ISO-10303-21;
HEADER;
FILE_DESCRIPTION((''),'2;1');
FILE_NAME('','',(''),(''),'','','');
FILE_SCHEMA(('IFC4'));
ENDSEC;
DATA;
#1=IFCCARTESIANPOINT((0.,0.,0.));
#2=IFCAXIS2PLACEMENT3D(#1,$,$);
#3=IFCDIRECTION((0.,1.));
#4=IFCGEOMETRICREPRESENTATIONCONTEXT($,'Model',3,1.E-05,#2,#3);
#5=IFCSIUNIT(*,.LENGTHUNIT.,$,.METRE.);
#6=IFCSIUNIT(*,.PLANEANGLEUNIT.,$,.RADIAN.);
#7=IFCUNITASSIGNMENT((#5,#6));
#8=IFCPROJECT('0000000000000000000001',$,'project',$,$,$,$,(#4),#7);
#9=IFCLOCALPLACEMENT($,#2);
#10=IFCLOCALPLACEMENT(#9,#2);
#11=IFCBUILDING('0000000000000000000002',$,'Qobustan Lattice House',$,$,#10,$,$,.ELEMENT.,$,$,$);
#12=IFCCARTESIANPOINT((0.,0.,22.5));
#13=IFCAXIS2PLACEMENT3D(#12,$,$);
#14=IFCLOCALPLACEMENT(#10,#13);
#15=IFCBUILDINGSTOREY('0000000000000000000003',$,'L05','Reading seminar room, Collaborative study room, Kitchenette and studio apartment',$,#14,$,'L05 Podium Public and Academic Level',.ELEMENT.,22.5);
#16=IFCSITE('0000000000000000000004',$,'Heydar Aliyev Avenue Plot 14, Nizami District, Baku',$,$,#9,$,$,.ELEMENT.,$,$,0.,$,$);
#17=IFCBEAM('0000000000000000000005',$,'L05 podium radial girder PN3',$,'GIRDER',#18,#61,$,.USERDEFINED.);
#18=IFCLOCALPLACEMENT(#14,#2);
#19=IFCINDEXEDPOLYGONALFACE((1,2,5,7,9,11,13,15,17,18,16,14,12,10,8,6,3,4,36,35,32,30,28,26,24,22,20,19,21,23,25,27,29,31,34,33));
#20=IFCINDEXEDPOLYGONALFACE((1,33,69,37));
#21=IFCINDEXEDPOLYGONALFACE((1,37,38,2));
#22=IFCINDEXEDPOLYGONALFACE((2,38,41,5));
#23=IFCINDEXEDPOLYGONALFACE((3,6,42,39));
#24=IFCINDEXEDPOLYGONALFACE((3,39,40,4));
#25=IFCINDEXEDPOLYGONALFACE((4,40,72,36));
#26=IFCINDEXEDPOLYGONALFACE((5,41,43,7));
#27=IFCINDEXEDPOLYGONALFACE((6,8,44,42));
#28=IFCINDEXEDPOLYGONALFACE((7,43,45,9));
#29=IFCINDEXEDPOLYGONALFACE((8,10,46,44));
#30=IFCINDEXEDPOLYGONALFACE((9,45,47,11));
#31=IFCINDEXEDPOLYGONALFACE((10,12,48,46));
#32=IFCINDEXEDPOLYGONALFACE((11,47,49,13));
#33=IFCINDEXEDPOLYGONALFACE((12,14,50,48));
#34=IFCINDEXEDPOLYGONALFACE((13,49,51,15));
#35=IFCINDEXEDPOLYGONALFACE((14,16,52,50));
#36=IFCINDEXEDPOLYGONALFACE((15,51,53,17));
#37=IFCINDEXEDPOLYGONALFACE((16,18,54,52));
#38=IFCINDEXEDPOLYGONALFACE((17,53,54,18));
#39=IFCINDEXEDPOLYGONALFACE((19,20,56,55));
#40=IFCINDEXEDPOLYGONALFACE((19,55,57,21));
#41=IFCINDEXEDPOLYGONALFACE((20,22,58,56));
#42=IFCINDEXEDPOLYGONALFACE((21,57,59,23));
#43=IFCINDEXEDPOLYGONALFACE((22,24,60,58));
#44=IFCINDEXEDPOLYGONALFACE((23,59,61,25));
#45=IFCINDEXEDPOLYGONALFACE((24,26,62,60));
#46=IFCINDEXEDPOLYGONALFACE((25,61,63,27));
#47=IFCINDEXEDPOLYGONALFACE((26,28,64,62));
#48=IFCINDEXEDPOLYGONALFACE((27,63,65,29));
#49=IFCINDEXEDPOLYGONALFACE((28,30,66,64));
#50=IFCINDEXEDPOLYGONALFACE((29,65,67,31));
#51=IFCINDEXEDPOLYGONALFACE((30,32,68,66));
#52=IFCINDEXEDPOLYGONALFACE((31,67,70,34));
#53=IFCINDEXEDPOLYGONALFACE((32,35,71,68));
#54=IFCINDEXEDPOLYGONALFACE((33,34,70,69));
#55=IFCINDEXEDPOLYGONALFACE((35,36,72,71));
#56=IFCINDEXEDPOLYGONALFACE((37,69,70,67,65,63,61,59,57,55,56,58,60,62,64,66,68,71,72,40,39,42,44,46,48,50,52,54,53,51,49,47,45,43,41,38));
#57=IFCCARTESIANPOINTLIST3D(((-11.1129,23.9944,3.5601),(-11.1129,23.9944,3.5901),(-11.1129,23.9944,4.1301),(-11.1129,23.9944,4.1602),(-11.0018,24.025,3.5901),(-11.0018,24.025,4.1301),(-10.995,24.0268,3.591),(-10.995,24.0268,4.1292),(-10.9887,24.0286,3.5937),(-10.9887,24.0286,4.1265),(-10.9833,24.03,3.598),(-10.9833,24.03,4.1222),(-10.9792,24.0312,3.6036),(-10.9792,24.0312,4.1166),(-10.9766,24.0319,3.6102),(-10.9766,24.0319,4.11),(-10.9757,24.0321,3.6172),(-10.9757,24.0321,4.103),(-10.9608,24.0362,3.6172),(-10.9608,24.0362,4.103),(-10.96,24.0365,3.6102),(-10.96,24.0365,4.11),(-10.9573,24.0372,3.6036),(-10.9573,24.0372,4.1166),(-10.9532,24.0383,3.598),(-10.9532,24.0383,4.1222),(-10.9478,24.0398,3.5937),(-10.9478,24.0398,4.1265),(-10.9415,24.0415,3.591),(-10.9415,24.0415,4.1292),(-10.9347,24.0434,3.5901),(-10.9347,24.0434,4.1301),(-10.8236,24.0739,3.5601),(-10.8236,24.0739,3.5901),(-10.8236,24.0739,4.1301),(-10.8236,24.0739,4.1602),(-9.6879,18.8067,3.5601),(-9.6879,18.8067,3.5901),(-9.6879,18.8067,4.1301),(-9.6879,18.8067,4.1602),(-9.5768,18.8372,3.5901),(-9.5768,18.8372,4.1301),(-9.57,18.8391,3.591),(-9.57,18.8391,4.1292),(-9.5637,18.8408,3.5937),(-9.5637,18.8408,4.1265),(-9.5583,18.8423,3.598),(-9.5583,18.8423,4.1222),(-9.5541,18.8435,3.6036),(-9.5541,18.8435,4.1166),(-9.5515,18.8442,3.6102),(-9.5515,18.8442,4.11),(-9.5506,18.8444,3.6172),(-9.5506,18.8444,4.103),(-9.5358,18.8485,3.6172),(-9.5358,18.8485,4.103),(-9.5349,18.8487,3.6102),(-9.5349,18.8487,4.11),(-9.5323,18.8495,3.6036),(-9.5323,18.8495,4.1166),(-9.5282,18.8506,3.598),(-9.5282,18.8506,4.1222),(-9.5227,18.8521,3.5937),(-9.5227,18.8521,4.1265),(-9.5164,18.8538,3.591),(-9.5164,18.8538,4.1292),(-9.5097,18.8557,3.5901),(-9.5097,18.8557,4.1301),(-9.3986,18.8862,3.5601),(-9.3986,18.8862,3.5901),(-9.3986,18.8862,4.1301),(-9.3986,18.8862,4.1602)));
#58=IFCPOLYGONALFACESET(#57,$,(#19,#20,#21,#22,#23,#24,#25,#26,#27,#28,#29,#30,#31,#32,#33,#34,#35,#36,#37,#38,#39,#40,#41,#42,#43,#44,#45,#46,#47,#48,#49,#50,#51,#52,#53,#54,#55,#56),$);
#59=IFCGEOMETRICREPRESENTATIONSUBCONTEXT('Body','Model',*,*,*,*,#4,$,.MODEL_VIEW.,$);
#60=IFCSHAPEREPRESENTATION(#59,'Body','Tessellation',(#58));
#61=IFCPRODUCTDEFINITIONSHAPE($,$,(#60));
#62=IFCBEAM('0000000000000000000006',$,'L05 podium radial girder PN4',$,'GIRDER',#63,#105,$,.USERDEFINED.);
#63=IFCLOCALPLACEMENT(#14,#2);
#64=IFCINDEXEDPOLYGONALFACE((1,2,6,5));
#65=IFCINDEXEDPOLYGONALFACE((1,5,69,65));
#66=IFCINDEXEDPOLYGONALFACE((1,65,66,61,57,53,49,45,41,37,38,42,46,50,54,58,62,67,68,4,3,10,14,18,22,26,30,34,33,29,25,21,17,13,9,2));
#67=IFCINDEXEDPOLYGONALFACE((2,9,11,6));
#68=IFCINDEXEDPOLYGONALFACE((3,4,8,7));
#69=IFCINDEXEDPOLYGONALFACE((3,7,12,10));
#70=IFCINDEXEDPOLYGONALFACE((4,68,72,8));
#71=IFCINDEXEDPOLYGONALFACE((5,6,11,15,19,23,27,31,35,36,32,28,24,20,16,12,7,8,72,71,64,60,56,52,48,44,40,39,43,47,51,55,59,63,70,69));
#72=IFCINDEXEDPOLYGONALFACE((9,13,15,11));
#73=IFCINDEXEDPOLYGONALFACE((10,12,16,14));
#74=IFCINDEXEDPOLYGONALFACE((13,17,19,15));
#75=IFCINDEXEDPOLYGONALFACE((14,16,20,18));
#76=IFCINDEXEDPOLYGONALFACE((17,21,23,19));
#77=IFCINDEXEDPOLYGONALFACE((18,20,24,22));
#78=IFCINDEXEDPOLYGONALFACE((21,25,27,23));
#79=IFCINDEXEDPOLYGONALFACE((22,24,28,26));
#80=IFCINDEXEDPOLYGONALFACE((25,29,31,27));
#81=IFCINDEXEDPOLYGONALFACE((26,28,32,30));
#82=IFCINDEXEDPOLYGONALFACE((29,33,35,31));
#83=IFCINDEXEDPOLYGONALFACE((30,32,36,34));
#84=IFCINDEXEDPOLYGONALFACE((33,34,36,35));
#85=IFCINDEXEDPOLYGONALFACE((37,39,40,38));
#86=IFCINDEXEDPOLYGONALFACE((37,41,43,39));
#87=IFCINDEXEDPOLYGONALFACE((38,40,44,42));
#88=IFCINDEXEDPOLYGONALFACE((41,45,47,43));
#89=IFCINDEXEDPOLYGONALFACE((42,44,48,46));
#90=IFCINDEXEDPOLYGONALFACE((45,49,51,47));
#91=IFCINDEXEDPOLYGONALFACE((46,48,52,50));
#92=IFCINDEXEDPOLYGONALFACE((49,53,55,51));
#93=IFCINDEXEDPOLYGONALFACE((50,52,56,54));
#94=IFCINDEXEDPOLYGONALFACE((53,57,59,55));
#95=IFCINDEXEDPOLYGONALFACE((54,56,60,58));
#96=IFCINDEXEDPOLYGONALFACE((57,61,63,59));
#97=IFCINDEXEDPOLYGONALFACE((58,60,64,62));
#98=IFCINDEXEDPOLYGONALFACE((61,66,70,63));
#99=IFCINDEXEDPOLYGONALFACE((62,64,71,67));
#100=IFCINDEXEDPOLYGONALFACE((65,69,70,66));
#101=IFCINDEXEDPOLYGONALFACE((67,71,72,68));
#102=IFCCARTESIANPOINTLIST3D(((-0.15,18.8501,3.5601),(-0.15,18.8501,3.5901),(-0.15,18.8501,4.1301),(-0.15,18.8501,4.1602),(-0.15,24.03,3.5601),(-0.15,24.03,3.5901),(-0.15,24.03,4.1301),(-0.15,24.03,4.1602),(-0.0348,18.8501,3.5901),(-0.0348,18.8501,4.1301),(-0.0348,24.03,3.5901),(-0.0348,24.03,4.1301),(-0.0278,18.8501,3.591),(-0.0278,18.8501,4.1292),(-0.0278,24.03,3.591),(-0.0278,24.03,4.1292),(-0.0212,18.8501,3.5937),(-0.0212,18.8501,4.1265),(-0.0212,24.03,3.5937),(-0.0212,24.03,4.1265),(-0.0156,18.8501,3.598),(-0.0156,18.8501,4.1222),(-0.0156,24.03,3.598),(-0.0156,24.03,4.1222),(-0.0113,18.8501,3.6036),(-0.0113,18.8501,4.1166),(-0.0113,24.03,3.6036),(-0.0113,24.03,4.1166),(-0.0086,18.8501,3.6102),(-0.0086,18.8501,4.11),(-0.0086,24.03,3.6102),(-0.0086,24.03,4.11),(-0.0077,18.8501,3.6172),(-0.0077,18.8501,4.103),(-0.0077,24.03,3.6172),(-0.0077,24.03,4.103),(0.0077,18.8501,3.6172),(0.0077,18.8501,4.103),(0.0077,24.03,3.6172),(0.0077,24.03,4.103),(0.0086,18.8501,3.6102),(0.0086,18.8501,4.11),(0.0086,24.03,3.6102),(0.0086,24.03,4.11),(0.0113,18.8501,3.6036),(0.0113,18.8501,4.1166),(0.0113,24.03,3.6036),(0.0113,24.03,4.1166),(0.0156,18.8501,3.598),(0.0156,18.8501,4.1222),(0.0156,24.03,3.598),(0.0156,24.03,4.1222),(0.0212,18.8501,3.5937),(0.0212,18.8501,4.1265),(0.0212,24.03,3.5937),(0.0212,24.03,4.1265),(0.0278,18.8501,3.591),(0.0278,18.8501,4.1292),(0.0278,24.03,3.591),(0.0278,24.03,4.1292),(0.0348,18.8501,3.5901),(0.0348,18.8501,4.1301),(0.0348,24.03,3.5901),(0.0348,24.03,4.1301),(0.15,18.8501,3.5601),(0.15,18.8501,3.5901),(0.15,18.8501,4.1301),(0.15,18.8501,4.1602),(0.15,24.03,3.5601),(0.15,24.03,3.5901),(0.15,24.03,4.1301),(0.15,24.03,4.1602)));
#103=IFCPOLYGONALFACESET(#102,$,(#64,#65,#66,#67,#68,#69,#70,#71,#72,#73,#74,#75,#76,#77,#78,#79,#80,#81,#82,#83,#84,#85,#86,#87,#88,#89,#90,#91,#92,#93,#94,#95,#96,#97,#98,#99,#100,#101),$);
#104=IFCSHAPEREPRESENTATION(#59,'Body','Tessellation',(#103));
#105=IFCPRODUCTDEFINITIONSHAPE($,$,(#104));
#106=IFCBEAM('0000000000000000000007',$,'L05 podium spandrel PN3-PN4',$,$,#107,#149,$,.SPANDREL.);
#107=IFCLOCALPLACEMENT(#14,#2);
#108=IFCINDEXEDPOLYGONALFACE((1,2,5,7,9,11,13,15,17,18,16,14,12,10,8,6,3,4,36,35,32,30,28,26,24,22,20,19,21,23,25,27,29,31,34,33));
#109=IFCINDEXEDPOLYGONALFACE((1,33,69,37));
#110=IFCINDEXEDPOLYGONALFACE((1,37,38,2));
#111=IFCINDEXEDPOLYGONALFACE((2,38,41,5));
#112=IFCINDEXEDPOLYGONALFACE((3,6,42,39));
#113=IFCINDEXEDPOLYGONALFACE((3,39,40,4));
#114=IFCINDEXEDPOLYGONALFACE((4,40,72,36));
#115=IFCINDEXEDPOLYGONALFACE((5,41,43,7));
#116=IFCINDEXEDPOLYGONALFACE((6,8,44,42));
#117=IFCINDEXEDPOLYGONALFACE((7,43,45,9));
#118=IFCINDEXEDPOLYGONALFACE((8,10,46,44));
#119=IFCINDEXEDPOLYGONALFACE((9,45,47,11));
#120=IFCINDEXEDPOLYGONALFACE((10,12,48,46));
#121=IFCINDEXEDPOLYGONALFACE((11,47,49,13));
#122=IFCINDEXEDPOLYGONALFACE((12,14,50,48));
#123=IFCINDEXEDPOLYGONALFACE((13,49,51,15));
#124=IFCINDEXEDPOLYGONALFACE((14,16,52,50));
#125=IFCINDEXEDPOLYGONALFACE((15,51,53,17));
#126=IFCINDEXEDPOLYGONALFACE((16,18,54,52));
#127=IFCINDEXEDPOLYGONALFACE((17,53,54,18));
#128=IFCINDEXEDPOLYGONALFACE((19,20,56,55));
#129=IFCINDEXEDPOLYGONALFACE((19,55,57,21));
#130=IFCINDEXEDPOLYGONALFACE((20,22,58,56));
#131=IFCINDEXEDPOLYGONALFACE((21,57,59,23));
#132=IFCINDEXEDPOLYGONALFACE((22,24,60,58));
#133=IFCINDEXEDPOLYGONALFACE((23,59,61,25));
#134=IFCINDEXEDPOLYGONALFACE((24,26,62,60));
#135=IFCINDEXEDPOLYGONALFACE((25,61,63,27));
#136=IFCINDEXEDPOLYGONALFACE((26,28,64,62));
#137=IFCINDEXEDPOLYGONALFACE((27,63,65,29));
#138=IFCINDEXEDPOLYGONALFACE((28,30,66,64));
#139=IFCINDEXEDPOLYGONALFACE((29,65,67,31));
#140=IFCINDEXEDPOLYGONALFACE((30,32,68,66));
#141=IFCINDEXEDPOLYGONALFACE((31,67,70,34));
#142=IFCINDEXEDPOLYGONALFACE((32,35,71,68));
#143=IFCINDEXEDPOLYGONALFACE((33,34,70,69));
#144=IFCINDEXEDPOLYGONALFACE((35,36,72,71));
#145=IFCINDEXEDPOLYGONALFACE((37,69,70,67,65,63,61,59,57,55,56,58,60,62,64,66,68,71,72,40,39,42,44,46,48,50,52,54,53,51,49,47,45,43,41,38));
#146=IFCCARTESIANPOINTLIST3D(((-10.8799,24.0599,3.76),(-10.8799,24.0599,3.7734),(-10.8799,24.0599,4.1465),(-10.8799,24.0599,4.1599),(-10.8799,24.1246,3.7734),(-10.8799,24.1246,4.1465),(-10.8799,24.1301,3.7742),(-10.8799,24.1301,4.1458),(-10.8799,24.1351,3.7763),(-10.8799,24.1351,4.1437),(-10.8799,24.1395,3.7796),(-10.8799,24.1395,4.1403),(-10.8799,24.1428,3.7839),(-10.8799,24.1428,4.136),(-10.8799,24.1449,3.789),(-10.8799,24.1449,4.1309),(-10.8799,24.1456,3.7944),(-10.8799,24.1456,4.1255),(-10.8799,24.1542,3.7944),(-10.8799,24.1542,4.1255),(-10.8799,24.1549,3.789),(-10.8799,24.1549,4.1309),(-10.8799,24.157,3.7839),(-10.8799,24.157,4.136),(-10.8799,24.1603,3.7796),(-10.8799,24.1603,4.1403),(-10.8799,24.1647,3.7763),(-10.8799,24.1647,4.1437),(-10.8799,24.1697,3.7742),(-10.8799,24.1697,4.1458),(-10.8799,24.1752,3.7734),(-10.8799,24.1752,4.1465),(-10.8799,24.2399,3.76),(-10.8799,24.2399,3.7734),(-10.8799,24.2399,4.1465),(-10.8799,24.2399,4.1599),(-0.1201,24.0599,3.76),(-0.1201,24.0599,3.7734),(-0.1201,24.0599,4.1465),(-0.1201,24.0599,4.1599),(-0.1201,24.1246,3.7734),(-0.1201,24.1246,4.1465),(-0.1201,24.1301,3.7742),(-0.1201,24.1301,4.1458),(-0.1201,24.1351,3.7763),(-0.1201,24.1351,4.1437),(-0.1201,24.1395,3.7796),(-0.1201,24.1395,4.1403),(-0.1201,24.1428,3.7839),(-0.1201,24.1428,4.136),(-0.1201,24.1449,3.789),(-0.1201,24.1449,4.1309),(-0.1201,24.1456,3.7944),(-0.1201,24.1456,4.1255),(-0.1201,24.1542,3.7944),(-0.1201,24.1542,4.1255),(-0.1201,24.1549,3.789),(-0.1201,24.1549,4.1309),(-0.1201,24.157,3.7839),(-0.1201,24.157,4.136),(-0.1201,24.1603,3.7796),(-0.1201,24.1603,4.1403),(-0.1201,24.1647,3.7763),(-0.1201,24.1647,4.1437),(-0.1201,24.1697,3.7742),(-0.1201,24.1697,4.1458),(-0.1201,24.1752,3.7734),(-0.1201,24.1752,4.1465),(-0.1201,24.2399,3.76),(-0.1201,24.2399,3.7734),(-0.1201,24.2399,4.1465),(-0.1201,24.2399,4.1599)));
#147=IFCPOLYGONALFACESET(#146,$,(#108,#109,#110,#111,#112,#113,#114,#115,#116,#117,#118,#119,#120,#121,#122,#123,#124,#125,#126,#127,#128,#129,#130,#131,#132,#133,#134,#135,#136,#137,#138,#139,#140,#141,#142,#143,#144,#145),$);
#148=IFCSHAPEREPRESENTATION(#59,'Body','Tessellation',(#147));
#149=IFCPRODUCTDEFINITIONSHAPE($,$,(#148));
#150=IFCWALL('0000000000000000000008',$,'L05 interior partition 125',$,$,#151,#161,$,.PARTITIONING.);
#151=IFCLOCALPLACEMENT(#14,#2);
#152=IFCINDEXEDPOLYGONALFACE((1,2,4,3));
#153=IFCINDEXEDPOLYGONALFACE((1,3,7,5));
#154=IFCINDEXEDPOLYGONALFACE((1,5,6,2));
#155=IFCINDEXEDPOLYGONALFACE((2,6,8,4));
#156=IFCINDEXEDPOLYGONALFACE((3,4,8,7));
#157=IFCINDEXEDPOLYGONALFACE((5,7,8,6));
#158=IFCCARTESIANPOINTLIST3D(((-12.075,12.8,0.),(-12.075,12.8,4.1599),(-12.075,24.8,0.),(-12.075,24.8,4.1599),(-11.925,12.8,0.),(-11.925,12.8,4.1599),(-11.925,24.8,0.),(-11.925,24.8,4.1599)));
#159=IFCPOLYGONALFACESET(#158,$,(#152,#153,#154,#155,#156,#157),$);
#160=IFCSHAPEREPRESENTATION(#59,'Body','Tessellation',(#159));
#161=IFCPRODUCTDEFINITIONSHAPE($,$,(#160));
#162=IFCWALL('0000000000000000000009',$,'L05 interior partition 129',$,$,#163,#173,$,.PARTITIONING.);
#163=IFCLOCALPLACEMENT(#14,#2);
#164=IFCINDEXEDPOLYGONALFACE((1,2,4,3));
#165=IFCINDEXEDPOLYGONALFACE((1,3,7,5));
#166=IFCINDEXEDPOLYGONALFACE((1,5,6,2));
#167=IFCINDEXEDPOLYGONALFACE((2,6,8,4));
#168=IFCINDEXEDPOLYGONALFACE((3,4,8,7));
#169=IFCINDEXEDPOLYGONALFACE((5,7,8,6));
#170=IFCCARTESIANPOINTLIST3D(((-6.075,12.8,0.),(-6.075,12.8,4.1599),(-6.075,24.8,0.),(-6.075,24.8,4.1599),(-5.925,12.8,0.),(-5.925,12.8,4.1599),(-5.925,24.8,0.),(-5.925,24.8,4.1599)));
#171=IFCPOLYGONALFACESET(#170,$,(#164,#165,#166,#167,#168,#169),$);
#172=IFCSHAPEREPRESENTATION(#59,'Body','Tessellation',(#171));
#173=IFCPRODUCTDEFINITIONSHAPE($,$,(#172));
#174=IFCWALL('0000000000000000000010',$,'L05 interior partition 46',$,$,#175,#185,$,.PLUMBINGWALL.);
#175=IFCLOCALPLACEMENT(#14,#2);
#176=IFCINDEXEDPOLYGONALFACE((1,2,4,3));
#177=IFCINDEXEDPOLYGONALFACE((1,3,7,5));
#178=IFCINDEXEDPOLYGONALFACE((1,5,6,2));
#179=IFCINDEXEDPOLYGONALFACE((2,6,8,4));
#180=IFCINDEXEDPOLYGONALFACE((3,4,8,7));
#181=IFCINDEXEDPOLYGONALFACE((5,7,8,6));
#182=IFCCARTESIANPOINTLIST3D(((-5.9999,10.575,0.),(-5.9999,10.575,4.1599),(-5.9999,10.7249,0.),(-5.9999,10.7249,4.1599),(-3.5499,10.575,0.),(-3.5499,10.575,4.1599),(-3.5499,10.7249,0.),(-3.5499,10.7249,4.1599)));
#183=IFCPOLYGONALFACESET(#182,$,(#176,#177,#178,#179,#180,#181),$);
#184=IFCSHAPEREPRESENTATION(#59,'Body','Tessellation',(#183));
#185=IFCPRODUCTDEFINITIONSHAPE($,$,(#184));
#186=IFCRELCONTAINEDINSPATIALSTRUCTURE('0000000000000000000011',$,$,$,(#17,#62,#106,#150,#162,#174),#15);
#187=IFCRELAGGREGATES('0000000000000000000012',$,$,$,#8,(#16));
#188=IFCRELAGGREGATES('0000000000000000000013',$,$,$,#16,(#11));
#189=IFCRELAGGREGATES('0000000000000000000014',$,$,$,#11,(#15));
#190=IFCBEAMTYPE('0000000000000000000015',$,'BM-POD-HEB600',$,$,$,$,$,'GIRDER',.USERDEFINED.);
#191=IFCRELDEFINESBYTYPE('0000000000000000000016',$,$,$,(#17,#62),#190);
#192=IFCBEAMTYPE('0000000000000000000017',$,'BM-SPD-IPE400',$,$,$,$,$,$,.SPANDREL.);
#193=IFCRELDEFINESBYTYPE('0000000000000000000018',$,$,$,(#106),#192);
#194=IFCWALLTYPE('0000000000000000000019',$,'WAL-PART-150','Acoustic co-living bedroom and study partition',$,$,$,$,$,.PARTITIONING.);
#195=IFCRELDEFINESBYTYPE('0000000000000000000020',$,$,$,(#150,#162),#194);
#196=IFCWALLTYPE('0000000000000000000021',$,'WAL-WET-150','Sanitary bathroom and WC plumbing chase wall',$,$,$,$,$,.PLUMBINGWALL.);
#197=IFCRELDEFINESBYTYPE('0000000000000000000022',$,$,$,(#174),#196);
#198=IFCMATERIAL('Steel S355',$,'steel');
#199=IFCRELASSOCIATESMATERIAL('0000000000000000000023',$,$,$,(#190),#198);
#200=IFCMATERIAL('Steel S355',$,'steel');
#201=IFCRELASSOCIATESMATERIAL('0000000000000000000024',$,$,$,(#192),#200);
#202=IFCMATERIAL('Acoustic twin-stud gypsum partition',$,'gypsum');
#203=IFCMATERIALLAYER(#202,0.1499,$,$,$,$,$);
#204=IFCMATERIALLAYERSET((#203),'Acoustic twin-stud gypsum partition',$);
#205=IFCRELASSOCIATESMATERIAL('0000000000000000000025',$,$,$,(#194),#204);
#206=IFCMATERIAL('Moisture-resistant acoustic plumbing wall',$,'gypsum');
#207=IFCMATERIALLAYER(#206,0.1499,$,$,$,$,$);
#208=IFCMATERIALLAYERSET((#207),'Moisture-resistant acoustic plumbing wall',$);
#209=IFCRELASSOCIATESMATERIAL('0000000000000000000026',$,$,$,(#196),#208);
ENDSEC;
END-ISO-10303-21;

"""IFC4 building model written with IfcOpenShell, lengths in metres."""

from ifc_helpers import new_model, si_unit, direction, frame, frame_2d, origin, origin_2d, place, context, subcontext, project, spatial, rectangle, i_section, extrude, material, layer, layer_set, material_profile, profile_set, type_object, element, save


model = new_model("IFC4")

# Units and contexts
model_context = context("Model", 3, precision=1e-05, world=origin(), true_north=direction((0.0, 1.0)))
body_context = subcontext(model_context, "Body", "Model", "MODEL_VIEW")
ifc_project = project(units=[si_unit("LENGTHUNIT", "METRE"), si_unit("PLANEANGLEUNIT", "RADIAN")], contexts=[model_context])

# Site, building, storey
site_placement = place(None, origin())
site = spatial("IfcSite", under=ifc_project, at=site_placement, Name="Heydar Aliyev Avenue Plot 14, Nizami District, Baku", CompositionType="ELEMENT", RefElevation=0.0)
building_placement = place(site_placement, origin())
building = spatial("IfcBuilding", under=site, at=building_placement, Name="Qobustan Lattice House", CompositionType="ELEMENT")
storey_placement = place(building_placement, frame((0.0, 0.0, 22.5)))
storey = spatial("IfcBuildingStorey", under=building, at=storey_placement, Name="L05", Description="Reading seminar room, Collaborative study room, Kitchenette and studio apartment", LongName="L05 Podium Public and Academic Level", CompositionType="ELEMENT", Elevation=22.5)

# Beams
ifc_material_1 = material(Name="Steel S355", Category="steel")
ifc_material_profile_1 = material_profile(ifc_material_1, i_section(OverallWidth=0.3, OverallDepth=0.6001, WebThickness=0.0154, FlangeThickness=0.03, FilletRadius=0.0271, at=origin_2d()), Name="HEB600")
ifc_profile_set_1 = profile_set([ifc_material_profile_1], Name="Steel S355")
beam_type_1 = type_object("IfcBeamType", Name="BM-POD-HEB600", ElementType="GIRDER", PredefinedType="USERDEFINED", material=ifc_profile_set_1)
beam_1_placement = place(storey_placement, frame((-10.9683, 24.0342, 3.8601), z_axis=(0.264883, -0.96428, 0.0), x_axis=(0.96428, 0.264883, 0.0)))
element("IfcBeam", 1, at=beam_1_placement, inside=storey, type_object=beam_type_1, Name="L05 podium radial girder PN3", ObjectType="GIRDER", PredefinedType="USERDEFINED", context=body_context, shape_type="SweptSolid", body=[
    extrude(i_section(OverallWidth=0.3, OverallDepth=0.6001, WebThickness=0.0154, FlangeThickness=0.03, FilletRadius=0.0271, at=origin_2d()), origin(), (0.0, 0.0, 1.0), 5.3799),
])
beam_2_placement = place(storey_placement, frame((0.0, 24.03, 3.8601), z_axis=(0.0, -1.0, 0.0), x_axis=(1.0, 0.0, 0.0)))
element("IfcBeam", 2, at=beam_2_placement, inside=storey, type_object=beam_type_1, Name="L05 podium radial girder PN4", ObjectType="GIRDER", PredefinedType="USERDEFINED", context=body_context, shape_type="SweptSolid", body=[
    extrude(i_section(OverallWidth=0.3, OverallDepth=0.6001, WebThickness=0.0154, FlangeThickness=0.03, FilletRadius=0.0271, at=origin_2d()), origin(), (0.0, 0.0, 1.0), 5.1799),
])
ifc_material_2 = material(Name="Steel S355", Category="steel")
ifc_material_profile_2 = material_profile(ifc_material_2, i_section(OverallWidth=0.1799, OverallDepth=0.3999, WebThickness=0.0085, FlangeThickness=0.0134, FilletRadius=0.021, at=origin_2d()), Name="IPE400")
ifc_profile_set_2 = profile_set([ifc_material_profile_2], Name="Steel S355")
beam_type_2 = type_object("IfcBeamType", Name="BM-SPD-IPE400", PredefinedType="SPANDREL", material=ifc_profile_set_2)
beam_3_placement = place(storey_placement, frame((-10.8799, 24.1499, 3.96), z_axis=(1.0, 0.0, 0.0), x_axis=(0.0, 1.0, 0.0)))
element("IfcBeam", 3, at=beam_3_placement, inside=storey, type_object=beam_type_2, Name="L05 podium spandrel PN3-PN4", PredefinedType="SPANDREL", context=body_context, shape_type="SweptSolid", body=[
    extrude(i_section(OverallWidth=0.1799, OverallDepth=0.3999, WebThickness=0.0085, FlangeThickness=0.0134, FilletRadius=0.021, at=origin_2d()), origin(), (0.0, 0.0, 1.0), 10.7598),
])

# Walls
ifc_material_3 = material(Name="Acoustic twin-stud gypsum partition", Category="gypsum")
ifc_layer_1 = layer(ifc_material_3, 0.1499)
ifc_layer_set_1 = layer_set([ifc_layer_1], Name="Acoustic twin-stud gypsum partition")
wall_type_1 = type_object("IfcWallType", Name="WAL-PART-150", Description="Acoustic co-living bedroom and study partition", PredefinedType="PARTITIONING", material=ifc_layer_set_1)
for number, where, z_axis, x_axis, name in (
    (4, (-12.0, 24.8, 0.0), (0.0, 0.0, 1.0), (0.0, -1.0, 0.0), "L05 interior partition 125"),
    (5, (-6.0, 24.8, 0.0), (0.0, 0.0, 1.0), (0.0, -1.0, 0.0), "L05 interior partition 129"),
):
    element("IfcWall", number, at=place(storey_placement, frame(where, z_axis=z_axis, x_axis=x_axis)), inside=storey, type_object=wall_type_1, Name=name, PredefinedType="PARTITIONING", context=body_context, shape_type="SweptSolid", body=[
        extrude(rectangle(XDim=12.0, YDim=0.1499, at=frame_2d((6.0, 0.0))), origin(), (0.0, 0.0, 1.0), 4.1599),
    ])
ifc_material_4 = material(Name="Moisture-resistant acoustic plumbing wall", Category="gypsum")
ifc_layer_2 = layer(ifc_material_4, 0.1499)
ifc_layer_set_2 = layer_set([ifc_layer_2], Name="Moisture-resistant acoustic plumbing wall")
wall_type_2 = type_object("IfcWallType", Name="WAL-WET-150", Description="Sanitary bathroom and WC plumbing chase wall", PredefinedType="PLUMBINGWALL", material=ifc_layer_set_2)
wall_1_placement = place(storey_placement, frame((-6.0, 10.6499, 0.0), z_axis=(0.0, 0.0, 1.0), x_axis=(1.0, 0.0, 0.0)))
element("IfcWall", 6, at=wall_1_placement, inside=storey, type_object=wall_type_2, Name="L05 interior partition 46", PredefinedType="PLUMBINGWALL", context=body_context, shape_type="SweptSolid", body=[
    extrude(rectangle(XDim=2.45, YDim=0.1499, at=frame_2d((1.2251, 0.0))), origin(), (0.0, 0.0, 1.0), 4.1599),
])

save(model, "model.ifc")
